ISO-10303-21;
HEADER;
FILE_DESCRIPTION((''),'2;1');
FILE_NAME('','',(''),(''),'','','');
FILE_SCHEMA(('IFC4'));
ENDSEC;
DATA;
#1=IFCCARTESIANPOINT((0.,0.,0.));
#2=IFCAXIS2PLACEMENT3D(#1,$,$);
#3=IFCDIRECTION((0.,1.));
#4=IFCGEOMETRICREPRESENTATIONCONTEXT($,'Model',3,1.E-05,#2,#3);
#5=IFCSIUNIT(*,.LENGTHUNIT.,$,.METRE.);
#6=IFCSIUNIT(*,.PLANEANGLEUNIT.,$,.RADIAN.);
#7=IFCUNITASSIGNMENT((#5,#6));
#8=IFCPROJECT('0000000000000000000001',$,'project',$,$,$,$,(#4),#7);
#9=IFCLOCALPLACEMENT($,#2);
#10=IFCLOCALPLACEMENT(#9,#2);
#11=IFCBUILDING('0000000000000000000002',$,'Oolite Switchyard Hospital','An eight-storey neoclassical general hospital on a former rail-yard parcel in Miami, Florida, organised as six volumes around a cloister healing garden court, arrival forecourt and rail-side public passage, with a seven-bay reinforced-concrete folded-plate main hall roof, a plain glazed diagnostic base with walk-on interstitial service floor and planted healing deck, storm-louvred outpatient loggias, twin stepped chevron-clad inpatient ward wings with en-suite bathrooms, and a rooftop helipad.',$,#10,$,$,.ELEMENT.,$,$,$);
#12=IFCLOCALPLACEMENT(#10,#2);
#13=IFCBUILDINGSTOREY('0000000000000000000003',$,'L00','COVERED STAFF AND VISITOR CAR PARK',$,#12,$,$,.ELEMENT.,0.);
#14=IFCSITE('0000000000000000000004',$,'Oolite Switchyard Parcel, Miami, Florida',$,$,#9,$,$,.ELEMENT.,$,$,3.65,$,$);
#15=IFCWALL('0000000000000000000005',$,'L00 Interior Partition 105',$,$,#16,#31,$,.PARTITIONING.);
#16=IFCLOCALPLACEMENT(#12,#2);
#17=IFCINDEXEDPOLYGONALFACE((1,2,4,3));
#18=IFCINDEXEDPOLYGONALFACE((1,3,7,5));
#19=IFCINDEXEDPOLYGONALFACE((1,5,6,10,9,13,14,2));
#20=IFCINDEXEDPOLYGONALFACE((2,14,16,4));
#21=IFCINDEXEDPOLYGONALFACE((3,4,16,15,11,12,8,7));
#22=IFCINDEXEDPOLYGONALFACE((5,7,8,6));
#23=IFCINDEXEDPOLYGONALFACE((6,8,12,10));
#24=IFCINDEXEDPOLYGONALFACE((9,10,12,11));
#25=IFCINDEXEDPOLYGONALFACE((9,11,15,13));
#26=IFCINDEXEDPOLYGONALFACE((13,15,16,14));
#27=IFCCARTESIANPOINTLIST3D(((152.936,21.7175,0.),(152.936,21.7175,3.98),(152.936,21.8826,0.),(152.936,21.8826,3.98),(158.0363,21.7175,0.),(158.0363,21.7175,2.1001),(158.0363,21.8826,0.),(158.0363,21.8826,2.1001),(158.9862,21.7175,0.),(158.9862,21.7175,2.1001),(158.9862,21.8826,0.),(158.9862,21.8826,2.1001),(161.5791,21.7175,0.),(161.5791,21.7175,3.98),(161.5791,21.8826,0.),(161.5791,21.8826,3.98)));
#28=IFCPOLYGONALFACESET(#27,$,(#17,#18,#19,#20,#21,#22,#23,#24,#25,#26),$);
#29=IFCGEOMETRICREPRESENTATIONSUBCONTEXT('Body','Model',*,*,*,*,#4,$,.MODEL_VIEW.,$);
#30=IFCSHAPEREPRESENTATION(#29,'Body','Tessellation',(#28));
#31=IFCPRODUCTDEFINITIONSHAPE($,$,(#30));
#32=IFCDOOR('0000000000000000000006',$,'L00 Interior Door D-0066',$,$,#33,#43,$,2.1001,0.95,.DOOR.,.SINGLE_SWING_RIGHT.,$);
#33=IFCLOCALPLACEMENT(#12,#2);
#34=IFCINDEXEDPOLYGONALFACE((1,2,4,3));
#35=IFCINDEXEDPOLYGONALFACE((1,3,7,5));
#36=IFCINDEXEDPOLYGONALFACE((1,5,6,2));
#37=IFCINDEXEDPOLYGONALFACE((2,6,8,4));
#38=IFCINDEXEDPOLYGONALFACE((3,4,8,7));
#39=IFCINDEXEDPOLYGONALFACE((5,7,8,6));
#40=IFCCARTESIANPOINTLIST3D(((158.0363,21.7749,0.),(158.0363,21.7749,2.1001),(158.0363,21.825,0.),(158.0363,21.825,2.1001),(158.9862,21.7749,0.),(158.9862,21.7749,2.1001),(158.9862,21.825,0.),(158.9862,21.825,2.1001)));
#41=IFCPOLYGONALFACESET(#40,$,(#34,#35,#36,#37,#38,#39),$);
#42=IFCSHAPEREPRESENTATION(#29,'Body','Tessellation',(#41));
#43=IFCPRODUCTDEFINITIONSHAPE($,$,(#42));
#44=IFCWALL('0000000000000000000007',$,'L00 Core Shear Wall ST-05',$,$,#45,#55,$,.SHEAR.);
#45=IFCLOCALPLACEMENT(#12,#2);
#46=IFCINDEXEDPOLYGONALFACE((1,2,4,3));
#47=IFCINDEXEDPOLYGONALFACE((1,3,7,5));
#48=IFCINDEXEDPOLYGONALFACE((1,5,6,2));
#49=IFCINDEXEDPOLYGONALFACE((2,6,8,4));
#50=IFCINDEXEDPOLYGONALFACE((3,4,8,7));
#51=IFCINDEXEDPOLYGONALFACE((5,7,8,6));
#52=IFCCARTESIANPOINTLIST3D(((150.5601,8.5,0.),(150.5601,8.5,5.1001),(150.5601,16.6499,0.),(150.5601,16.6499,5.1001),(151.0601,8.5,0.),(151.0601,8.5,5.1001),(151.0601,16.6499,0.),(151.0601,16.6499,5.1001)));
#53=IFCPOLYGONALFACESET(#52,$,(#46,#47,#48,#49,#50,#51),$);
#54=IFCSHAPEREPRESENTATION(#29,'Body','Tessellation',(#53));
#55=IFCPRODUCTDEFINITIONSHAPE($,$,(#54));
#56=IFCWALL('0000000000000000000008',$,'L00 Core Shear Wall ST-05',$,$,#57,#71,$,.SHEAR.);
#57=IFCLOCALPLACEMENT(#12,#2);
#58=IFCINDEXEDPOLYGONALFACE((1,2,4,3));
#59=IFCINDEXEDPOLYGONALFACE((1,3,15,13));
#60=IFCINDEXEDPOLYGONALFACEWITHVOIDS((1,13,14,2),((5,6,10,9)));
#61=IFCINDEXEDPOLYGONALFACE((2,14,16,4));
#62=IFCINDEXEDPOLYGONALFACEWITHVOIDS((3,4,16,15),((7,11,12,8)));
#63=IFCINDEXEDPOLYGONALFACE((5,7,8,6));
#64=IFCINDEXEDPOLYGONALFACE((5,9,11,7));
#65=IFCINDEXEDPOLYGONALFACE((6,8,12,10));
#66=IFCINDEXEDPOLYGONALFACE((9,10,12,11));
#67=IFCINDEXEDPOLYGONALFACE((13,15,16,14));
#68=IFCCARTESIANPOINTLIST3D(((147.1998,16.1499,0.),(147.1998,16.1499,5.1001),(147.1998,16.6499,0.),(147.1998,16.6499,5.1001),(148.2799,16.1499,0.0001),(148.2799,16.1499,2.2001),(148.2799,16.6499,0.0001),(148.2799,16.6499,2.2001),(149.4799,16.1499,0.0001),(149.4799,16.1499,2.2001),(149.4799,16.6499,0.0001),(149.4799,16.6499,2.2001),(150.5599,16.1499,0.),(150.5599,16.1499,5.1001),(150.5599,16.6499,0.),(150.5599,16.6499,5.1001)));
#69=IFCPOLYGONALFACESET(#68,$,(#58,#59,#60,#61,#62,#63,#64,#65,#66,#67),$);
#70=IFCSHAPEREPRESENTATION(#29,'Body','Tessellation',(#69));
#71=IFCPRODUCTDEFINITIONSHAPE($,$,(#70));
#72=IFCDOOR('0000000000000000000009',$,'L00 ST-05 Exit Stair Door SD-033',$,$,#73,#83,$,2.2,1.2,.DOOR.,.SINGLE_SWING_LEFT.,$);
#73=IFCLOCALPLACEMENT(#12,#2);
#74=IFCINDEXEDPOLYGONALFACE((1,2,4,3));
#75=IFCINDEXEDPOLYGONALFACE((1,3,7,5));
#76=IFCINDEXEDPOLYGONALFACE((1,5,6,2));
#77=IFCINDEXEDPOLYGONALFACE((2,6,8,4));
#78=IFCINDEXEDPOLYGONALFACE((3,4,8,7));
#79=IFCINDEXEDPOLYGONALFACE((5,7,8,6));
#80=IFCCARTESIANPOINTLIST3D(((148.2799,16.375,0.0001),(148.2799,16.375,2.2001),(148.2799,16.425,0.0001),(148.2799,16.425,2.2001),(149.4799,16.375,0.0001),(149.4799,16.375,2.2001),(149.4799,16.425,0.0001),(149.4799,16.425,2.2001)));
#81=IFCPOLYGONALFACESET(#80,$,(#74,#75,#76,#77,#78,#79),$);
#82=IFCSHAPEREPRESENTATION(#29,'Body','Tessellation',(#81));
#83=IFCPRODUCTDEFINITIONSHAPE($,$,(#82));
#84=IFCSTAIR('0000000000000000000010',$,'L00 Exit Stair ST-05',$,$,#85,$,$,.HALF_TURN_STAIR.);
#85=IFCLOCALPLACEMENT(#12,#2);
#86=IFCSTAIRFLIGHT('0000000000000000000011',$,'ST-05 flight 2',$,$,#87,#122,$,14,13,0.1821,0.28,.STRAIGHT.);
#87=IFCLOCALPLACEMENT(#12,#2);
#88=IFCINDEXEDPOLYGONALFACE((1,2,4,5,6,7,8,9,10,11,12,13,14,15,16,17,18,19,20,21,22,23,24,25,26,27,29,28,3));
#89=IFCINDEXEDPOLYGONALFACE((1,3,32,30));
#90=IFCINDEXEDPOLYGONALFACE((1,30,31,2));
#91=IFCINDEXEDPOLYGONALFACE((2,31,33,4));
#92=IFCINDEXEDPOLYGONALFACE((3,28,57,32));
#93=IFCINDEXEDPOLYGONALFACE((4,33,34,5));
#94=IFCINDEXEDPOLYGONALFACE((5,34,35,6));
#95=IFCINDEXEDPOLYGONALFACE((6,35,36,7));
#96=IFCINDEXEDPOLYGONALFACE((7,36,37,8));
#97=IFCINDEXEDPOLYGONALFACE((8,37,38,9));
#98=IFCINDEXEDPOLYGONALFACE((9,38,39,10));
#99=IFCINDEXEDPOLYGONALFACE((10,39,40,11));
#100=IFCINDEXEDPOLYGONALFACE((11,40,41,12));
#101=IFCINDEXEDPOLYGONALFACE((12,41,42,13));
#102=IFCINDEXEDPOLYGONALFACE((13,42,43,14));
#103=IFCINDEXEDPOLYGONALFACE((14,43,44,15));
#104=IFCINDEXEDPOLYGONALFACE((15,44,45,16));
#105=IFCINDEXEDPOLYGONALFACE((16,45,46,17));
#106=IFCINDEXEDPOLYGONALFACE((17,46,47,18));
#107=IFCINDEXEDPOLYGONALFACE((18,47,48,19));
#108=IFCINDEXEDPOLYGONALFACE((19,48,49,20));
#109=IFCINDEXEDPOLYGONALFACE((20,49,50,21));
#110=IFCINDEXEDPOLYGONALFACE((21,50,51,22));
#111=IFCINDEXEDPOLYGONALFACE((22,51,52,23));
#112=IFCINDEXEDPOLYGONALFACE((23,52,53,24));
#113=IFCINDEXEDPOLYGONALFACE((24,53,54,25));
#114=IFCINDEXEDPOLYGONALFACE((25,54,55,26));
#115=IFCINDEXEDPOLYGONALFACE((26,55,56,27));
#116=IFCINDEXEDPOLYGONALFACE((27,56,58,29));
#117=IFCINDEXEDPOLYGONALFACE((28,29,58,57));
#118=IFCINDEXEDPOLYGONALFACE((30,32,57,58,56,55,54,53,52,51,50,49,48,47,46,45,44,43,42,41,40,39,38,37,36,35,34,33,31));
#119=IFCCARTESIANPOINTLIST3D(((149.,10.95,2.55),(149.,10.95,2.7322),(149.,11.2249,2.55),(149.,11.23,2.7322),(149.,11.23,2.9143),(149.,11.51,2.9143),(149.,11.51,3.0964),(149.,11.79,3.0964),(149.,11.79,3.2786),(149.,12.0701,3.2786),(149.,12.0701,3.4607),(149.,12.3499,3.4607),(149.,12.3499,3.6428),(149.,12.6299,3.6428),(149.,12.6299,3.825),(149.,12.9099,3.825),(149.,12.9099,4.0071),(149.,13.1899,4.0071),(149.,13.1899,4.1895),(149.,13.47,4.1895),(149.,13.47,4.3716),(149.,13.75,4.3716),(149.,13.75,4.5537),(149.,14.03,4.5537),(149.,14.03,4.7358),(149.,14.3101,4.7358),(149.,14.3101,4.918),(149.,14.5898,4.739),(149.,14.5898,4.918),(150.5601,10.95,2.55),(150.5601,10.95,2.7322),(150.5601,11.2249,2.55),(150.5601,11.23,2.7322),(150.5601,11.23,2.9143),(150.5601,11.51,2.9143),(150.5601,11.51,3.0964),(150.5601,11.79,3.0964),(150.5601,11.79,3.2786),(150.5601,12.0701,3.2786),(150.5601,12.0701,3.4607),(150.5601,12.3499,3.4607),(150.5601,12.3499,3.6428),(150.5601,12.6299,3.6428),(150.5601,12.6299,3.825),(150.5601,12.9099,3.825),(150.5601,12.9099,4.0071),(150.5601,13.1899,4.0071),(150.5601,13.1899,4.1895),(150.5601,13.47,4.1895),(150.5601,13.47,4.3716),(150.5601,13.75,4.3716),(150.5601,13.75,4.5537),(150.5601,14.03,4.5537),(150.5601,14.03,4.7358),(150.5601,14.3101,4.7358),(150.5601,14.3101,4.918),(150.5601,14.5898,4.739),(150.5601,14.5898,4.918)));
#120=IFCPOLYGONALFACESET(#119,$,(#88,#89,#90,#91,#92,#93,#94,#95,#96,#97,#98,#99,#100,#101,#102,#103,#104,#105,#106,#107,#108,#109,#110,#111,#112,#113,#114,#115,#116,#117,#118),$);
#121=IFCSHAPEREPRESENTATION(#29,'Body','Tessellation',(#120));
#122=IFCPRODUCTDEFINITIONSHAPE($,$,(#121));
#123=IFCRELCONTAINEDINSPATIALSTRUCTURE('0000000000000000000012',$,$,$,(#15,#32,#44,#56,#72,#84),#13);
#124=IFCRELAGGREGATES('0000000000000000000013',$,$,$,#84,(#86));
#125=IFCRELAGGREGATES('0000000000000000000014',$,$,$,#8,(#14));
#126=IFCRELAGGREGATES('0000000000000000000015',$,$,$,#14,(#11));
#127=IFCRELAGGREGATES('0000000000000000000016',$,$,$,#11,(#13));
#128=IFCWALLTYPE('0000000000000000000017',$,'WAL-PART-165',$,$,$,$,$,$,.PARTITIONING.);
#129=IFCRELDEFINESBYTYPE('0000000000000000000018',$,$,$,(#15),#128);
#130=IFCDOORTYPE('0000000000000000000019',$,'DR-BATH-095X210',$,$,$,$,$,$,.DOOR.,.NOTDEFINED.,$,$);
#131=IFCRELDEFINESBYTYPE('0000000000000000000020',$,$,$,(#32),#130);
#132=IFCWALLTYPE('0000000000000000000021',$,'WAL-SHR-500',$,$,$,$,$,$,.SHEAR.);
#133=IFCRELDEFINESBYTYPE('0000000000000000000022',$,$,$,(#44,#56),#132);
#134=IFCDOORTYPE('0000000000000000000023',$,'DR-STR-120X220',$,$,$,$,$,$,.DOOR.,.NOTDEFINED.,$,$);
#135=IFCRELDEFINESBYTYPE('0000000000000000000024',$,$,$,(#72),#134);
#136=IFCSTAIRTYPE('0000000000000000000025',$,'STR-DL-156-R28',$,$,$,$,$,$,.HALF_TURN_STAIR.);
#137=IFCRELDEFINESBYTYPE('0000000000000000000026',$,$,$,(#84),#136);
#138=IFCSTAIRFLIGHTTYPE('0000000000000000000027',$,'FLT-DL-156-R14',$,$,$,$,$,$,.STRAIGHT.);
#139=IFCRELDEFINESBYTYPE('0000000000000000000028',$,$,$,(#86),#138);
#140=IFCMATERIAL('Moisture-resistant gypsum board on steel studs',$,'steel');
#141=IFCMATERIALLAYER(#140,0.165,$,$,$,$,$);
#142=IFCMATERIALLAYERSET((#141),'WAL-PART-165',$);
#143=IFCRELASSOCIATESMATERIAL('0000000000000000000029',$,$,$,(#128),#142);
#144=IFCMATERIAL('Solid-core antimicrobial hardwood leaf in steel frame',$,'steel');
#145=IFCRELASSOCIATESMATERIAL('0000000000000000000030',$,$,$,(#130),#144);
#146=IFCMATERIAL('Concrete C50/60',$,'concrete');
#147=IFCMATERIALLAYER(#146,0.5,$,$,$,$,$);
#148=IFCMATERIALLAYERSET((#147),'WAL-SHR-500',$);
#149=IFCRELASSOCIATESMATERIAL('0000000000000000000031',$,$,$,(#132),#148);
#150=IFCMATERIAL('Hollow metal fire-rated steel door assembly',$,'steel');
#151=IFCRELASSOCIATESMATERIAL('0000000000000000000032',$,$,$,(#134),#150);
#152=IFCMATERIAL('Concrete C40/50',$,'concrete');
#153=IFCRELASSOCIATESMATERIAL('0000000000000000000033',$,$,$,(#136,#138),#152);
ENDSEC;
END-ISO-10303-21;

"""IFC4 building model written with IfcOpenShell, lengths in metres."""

from ifc_helpers import new_model, si_unit, direction, frame, frame_2d, origin, place, context, subcontext, project, spatial, polyline, rectangle, outline, extrude, material, layer, layer_set, type_object, element, fill, aggregate, save


model = new_model("IFC4")

# Units and contexts
model_context = context("Model", 3, precision=1e-05, world=origin(), true_north=direction((0.0, 1.0)))
body_context = subcontext(model_context, "Body", "Model", "MODEL_VIEW")
ifc_project = project(units=[si_unit("LENGTHUNIT", "METRE"), si_unit("PLANEANGLEUNIT", "RADIAN")], contexts=[model_context])

# Site, building, storey
site_placement = place(None, origin())
site = spatial("IfcSite", under=ifc_project, at=site_placement, Name="Oolite Switchyard Parcel, Miami, Florida", CompositionType="ELEMENT", RefElevation=3.65)
building_placement = place(site_placement, origin())
building = spatial("IfcBuilding", under=site, at=building_placement, Name="Oolite Switchyard Hospital", Description="An eight-storey neoclassical general hospital on a former rail-yard parcel in Miami, Florida, organised as six volumes around a cloister healing garden court, arrival forecourt and rail-side public passage, with a seven-bay reinforced-concrete folded-plate main hall roof, a plain glazed diagnostic base with walk-on interstitial service floor and planted healing deck, storm-louvred outpatient loggias, twin stepped chevron-clad inpatient ward wings with en-suite bathrooms, and a rooftop helipad.", CompositionType="ELEMENT")
storey_placement = place(building_placement, origin())
storey = spatial("IfcBuildingStorey", under=building, at=storey_placement, Name="L00", Description="COVERED STAFF AND VISITOR CAR PARK", CompositionType="ELEMENT", Elevation=0.0)

# Shared definitions
ifc_material_1 = material(Name="Concrete C40/50", Category="concrete")

# Shared definitions
ifc_material_2 = material(Name="Concrete C50/60", Category="concrete")

# Shared definitions
ifc_material_3 = material(Name="Moisture-resistant gypsum board on steel studs", Category="steel")

# Wall, opening, door
ifc_layer_1 = layer(ifc_material_3, 0.165)
ifc_layer_set_1 = layer_set([ifc_layer_1], Name="WAL-PART-165")
wall_type_1 = type_object("IfcWallType", Name="WAL-PART-165", PredefinedType="PARTITIONING", material=ifc_layer_set_1)
wall_1_placement = place(storey_placement, frame((152.936, 21.8, 0.0), z_axis=(0.0, 0.0, 1.0), x_axis=(1.0, 0.0, 0.0)))
wall_1 = element("IfcWall", 1, at=wall_1_placement, inside=storey, type_object=wall_type_1, Name="L00 Interior Partition 105", PredefinedType="PARTITIONING", context=body_context, shape_type="SweptSolid", body=[
    extrude(rectangle(XDim=8.6431, YDim=0.165, at=frame_2d((4.3215, 0.0))), origin(), (0.0, 0.0, 1.0), 3.98),
])
opening_1_placement = place(wall_1_placement, frame((5.1001, 0.0, 0.0)))
opening_1 = element("IfcOpeningElement", 2, at=opening_1_placement, cuts=wall_1, PredefinedType="OPENING", context=body_context, shape_type="SweptSolid", body=[
    extrude(rectangle(XDim=0.95, YDim=2.1001, at=frame_2d((0.4751, 1.05))), frame((0.0, 0.0925, 0.0), z_axis=(0.0, -1.0, 0.0), x_axis=(1.0, 0.0, 0.0)), (0.0, 0.0, 1.0), 0.1851),
])
ifc_material_4 = material(Name="Solid-core antimicrobial hardwood leaf in steel frame", Category="steel")
door_type_1 = type_object("IfcDoorType", Name="DR-BATH-095X210", OperationType="NOTDEFINED", PredefinedType="DOOR", material=ifc_material_4)
door_1_placement = place(opening_1_placement, origin())
door_1 = element("IfcDoor", 3, at=door_1_placement, inside=storey, type_object=door_type_1, Name="L00 Interior Door D-0066", OperationType="SINGLE_SWING_RIGHT", OverallHeight=2.1001, OverallWidth=0.95, PredefinedType="DOOR", context=body_context, shape_type="SweptSolid", body=[
    extrude(rectangle(XDim=0.95, YDim=2.1001, at=frame_2d((0.4751, 1.05))), frame((0.0, 0.0249, 0.0), z_axis=(0.0, -1.0, 0.0), x_axis=(1.0, 0.0, 0.0)), (0.0, 0.0, 1.0), 0.05),
])
fill(opening_1, door_1)

# Wall
ifc_layer_2 = layer(ifc_material_2, 0.5)
ifc_layer_set_2 = layer_set([ifc_layer_2], Name="WAL-SHR-500")
wall_type_2 = type_object("IfcWallType", Name="WAL-SHR-500", PredefinedType="SHEAR", material=ifc_layer_set_2)
wall_2_placement = place(storey_placement, frame((150.8101, 8.5, 0.0), z_axis=(0.0, 0.0, 1.0), x_axis=(0.0, 1.0, 0.0)))
element("IfcWall", 4, at=wall_2_placement, inside=storey, type_object=wall_type_2, Name="L00 Core Shear Wall ST-05", PredefinedType="SHEAR", context=body_context, shape_type="SweptSolid", body=[
    extrude(rectangle(XDim=8.1499, YDim=0.5, at=frame_2d((4.075, 0.0))), origin(), (0.0, 0.0, 1.0), 5.1001),
])

# Wall, opening, door
wall_3_placement = place(storey_placement, frame((150.5601, 16.3999, 0.0), z_axis=(0.0, 0.0, 1.0), x_axis=(-1.0, 0.0, 0.0)))
wall_3 = element("IfcWall", 5, at=wall_3_placement, inside=storey, type_object=wall_type_2, Name="L00 Core Shear Wall ST-05", PredefinedType="SHEAR", context=body_context, shape_type="SweptSolid", body=[
    extrude(rectangle(XDim=3.3601, YDim=0.5, at=frame_2d((1.6802, 0.0))), origin(), (0.0, 0.0, 1.0), 5.1001),
])
opening_2_placement = place(wall_3_placement, frame((1.0801, 0.0, 0.0)))
opening_2 = element("IfcOpeningElement", 6, at=opening_2_placement, cuts=wall_3, PredefinedType="OPENING", context=body_context, shape_type="SweptSolid", body=[
    extrude(rectangle(XDim=1.2, YDim=2.2, at=frame_2d((0.6001, 1.1001))), frame((0.0, 0.26, 0.0), z_axis=(0.0, -1.0, 0.0), x_axis=(1.0, 0.0, 0.0)), (0.0, 0.0, 1.0), 0.52),
])
ifc_material_5 = material(Name="Hollow metal fire-rated steel door assembly", Category="steel")
door_type_2 = type_object("IfcDoorType", Name="DR-STR-120X220", OperationType="NOTDEFINED", PredefinedType="DOOR", material=ifc_material_5)
door_2_placement = place(opening_2_placement, origin())
door_2 = element("IfcDoor", 7, at=door_2_placement, inside=storey, type_object=door_type_2, Name="L00 ST-05 Exit Stair Door SD-033", OperationType="SINGLE_SWING_LEFT", OverallHeight=2.2, OverallWidth=1.2, PredefinedType="DOOR", context=body_context, shape_type="SweptSolid", body=[
    extrude(rectangle(XDim=1.2, YDim=2.2, at=frame_2d((0.6001, 1.1001))), frame((0.0, 0.0249, 0.0), z_axis=(0.0, -1.0, 0.0), x_axis=(1.0, 0.0, 0.0)), (0.0, 0.0, 1.0), 0.05),
])
fill(opening_2, door_2)

# Stair, stair flight
stair_type = type_object("IfcStairType", Name="STR-DL-156-R28", PredefinedType="HALF_TURN_STAIR", material=ifc_material_1)
stair_placement = place(storey_placement, origin())
stair = element("IfcStair", 8, at=stair_placement, inside=storey, type_object=stair_type, Name="L00 Exit Stair ST-05", PredefinedType="HALF_TURN_STAIR")
stair_flight_type = type_object("IfcStairFlightType", Name="FLT-DL-156-R14", PredefinedType="STRAIGHT", material=ifc_material_1)
stair_flight_placement = place(storey_placement, frame((149.78, 10.95, 2.55), z_axis=(0.0, 0.0, 1.0), x_axis=(0.0, 1.0, 0.0)))
stair_flight = element("IfcStairFlight", 9, at=stair_flight_placement, type_object=stair_flight_type, Name="ST-05 flight 2", NumberOfRisers=14, NumberOfTreads=13, PredefinedType="STRAIGHT", RiserHeight=0.1821, TreadLength=0.28, context=body_context, shape_type="SweptSolid", body=[
    extrude(outline(polyline([(0.0, 0.0), (0.0, 0.1821), (0.28, 0.1821), (0.28, 0.3643), (0.5601, 0.3643), (0.5601, 0.5464), (0.8401, 0.5464), (0.8401, 0.7285), (1.1201, 0.7285), (1.1201, 0.9106), (1.3999, 0.9106), (1.3999, 1.0928), (1.6799, 1.0928), (1.6799, 1.2749), (1.96, 1.2749), (1.96, 1.457), (2.24, 1.457), (2.24, 1.6394), (2.52, 1.6394), (2.52, 1.8215), (2.8, 1.8215), (2.8, 2.0037), (3.0801, 2.0037), (3.0801, 2.1858), (3.3601, 2.1858), (3.3601, 2.3679), (3.6399, 2.3679), (3.6399, 2.55), (3.6399, 2.189), (0.2749, 0.0), (0.0, 0.0)])), frame((0.0, 0.78, 0.0), z_axis=(0.0, -1.0, 0.0), x_axis=(1.0, 0.0, 0.0)), (0.0, 0.0, 1.0), 1.5601),
])
aggregate(stair, [stair_flight])

save(model, "model.ifc")
